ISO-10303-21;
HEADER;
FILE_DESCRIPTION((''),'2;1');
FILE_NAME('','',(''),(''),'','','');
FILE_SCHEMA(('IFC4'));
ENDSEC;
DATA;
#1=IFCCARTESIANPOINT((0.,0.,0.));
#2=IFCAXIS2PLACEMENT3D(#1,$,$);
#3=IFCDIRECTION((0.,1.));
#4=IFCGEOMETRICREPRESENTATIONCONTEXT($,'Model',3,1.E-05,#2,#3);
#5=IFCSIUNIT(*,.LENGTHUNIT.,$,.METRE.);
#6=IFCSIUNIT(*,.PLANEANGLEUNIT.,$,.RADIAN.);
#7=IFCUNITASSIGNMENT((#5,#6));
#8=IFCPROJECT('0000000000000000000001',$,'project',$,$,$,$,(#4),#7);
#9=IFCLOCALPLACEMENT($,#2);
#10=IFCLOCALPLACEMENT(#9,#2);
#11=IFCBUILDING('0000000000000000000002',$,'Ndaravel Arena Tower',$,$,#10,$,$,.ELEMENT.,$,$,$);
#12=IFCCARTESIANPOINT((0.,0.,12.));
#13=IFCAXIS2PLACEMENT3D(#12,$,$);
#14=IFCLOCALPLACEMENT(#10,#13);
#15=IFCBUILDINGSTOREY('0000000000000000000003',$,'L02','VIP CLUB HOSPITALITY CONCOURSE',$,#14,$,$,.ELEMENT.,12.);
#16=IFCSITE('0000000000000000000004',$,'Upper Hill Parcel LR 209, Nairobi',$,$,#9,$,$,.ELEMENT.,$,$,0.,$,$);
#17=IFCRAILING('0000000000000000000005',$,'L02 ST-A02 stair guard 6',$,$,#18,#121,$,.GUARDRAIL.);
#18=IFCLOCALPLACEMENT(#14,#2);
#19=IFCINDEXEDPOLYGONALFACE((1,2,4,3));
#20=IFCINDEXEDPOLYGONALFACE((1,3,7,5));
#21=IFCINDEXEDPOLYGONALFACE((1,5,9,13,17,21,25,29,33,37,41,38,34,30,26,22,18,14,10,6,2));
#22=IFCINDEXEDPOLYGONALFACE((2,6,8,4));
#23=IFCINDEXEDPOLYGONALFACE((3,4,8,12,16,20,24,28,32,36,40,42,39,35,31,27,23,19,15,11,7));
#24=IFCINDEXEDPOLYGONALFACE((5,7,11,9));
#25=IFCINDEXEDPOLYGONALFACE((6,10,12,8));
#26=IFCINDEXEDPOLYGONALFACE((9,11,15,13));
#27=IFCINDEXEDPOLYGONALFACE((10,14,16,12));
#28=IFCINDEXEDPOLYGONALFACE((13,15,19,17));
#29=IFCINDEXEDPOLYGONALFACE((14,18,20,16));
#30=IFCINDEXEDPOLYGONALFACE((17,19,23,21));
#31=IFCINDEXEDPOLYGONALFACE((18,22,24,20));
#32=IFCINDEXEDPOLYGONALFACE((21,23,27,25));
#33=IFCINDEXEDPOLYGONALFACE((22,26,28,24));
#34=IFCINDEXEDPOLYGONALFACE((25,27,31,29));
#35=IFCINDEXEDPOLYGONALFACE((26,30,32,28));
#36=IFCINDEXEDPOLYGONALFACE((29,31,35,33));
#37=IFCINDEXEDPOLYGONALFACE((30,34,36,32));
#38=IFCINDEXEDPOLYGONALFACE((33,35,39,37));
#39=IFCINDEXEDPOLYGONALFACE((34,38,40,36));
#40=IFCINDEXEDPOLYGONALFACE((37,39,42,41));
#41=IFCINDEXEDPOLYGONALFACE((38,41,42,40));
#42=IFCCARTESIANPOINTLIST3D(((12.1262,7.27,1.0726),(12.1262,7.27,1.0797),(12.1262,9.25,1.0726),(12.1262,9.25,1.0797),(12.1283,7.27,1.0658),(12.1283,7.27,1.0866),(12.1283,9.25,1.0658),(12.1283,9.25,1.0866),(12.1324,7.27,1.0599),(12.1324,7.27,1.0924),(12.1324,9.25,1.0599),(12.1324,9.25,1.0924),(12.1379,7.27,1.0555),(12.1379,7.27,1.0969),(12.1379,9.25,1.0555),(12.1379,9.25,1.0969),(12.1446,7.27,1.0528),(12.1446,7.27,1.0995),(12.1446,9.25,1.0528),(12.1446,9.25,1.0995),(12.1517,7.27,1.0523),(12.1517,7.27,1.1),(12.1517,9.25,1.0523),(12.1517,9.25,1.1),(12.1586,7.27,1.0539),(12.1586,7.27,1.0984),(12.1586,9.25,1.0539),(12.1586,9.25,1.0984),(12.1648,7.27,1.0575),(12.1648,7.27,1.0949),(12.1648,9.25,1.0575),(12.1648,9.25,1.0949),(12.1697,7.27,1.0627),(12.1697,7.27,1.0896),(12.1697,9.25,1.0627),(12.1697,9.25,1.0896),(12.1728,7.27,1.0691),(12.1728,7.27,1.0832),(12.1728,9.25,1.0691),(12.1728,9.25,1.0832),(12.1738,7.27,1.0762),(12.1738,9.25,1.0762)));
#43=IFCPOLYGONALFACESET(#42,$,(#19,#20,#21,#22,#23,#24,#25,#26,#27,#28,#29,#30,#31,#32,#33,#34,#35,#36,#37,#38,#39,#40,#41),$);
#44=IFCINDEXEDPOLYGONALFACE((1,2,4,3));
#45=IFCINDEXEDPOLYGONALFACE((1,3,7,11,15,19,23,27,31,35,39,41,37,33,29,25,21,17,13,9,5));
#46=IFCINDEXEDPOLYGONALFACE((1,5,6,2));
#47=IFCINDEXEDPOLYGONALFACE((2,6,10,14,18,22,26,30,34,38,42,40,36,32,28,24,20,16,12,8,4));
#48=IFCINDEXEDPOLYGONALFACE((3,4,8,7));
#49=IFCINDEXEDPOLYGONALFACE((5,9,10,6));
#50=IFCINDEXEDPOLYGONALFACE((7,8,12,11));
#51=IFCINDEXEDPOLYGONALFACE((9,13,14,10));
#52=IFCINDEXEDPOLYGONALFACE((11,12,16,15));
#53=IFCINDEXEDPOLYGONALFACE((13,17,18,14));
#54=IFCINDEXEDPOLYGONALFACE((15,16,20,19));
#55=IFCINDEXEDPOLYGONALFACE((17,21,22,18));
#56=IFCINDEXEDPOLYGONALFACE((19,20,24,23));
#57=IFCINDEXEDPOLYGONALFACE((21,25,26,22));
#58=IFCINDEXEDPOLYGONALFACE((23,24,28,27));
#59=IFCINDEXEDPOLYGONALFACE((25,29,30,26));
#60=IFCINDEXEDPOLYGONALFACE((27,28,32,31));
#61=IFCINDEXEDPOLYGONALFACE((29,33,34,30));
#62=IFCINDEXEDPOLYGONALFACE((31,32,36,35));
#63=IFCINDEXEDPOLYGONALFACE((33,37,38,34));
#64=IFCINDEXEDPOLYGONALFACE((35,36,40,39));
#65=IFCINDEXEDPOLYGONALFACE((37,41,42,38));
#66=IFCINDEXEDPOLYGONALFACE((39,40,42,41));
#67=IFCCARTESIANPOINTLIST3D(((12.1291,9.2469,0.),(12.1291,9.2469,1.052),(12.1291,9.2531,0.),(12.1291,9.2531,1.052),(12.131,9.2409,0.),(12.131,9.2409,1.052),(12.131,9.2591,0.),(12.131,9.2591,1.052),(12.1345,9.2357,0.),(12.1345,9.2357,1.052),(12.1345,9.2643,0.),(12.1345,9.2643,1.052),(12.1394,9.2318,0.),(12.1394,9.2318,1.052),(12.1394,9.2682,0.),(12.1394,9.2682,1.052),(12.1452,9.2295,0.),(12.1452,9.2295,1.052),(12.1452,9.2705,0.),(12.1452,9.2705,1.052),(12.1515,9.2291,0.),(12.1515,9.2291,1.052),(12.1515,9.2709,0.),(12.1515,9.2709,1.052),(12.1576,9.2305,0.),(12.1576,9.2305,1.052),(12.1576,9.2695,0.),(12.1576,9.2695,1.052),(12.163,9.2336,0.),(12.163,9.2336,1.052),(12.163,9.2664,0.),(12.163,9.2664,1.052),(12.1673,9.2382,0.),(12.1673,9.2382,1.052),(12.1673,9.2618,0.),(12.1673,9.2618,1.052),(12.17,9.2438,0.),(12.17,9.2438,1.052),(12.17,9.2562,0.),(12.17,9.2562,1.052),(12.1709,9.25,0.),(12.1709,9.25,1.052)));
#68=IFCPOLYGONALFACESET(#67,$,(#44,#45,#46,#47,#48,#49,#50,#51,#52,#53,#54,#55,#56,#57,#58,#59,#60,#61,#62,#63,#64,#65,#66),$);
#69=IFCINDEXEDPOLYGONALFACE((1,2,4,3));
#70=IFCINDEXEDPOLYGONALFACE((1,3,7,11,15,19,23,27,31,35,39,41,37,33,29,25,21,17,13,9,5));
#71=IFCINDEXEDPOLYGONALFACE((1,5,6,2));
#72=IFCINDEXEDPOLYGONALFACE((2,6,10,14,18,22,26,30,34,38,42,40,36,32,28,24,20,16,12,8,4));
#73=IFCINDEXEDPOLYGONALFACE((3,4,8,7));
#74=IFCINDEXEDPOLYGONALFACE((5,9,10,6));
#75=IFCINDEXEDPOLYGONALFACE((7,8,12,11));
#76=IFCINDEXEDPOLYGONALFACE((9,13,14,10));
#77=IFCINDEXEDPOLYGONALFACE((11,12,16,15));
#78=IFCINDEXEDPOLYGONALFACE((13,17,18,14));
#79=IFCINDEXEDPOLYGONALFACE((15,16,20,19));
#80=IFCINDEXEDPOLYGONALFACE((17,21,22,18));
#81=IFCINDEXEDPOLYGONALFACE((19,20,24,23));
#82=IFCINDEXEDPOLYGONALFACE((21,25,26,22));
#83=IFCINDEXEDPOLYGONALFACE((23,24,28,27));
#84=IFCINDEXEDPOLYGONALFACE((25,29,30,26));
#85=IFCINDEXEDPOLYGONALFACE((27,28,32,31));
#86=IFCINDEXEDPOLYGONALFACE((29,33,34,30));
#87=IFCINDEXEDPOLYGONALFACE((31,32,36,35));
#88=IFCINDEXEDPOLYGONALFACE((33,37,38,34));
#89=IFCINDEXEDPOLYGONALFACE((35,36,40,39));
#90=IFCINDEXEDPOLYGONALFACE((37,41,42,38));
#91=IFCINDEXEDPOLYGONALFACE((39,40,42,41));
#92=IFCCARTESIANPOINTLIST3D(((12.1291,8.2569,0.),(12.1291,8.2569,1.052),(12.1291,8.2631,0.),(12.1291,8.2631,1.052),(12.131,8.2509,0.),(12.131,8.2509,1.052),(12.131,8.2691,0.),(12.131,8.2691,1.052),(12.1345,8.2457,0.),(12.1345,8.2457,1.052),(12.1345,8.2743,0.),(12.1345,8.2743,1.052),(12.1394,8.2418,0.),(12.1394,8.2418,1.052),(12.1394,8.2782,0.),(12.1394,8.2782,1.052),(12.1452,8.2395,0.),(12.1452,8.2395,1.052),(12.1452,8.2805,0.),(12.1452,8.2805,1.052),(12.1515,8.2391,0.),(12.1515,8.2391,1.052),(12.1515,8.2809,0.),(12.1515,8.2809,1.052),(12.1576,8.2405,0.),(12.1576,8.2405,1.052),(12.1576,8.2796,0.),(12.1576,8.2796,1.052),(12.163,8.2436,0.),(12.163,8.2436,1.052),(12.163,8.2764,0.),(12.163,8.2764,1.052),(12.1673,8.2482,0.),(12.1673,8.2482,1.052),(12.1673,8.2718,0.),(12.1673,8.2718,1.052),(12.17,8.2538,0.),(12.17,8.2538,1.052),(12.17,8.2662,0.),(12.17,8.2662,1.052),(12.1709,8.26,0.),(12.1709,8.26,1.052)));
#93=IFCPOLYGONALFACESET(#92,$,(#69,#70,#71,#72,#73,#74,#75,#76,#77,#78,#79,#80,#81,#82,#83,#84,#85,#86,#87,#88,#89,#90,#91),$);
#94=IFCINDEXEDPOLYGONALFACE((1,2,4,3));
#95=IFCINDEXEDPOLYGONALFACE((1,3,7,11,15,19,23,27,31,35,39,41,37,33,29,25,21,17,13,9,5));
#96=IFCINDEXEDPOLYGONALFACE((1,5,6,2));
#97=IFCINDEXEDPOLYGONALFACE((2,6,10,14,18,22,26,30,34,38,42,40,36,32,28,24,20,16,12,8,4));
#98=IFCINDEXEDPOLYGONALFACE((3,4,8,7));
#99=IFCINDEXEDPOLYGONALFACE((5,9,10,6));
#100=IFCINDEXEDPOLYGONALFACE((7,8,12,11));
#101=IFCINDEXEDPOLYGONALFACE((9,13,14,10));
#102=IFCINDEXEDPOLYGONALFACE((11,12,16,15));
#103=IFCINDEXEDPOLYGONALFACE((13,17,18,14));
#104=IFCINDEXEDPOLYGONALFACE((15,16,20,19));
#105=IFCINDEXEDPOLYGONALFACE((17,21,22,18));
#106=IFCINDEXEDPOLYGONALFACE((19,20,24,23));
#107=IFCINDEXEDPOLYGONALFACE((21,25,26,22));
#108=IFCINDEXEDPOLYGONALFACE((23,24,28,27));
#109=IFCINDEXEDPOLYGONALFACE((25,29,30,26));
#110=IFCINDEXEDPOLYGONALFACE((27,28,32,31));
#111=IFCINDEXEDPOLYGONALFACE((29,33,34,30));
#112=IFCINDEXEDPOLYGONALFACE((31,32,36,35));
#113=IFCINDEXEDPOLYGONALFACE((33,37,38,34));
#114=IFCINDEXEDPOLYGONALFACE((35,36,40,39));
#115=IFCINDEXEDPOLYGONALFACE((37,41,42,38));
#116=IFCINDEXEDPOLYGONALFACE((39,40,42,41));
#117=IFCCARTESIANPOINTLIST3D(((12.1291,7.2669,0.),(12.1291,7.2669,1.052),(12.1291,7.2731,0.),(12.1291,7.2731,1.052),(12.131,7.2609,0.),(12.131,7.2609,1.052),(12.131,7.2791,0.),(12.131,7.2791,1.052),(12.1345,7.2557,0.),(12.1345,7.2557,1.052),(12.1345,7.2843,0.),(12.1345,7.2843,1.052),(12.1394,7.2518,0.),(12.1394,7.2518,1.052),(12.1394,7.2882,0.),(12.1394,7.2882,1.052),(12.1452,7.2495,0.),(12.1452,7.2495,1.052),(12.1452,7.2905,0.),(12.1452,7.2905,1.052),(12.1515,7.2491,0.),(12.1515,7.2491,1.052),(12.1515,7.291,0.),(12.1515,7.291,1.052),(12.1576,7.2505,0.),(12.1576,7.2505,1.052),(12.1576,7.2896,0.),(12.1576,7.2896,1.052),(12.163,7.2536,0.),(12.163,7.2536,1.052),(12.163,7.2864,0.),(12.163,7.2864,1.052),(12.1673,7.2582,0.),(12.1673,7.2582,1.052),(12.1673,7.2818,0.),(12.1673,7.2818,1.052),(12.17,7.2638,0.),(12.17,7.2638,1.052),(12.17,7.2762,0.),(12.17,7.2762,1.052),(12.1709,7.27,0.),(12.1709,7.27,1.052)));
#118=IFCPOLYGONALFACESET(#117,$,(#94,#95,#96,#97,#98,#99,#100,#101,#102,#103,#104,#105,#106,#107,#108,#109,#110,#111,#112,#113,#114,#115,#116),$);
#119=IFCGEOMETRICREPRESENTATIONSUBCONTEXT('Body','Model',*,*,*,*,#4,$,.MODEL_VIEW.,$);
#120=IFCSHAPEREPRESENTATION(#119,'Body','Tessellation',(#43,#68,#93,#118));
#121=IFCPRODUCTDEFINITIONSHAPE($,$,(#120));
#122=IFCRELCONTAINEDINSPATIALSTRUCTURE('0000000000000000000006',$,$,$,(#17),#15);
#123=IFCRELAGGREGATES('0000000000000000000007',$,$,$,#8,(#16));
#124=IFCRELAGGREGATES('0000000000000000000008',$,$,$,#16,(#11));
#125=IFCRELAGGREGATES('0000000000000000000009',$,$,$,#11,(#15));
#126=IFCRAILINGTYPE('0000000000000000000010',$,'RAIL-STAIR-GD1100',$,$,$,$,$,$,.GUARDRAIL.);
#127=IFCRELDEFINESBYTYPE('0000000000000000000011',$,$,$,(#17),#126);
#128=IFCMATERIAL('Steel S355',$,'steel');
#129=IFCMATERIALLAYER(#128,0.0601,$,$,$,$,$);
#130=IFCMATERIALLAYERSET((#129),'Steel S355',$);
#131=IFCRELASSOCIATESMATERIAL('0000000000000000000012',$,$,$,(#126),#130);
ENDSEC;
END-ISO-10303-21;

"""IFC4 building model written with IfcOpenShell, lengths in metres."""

from ifc_helpers import new_model, si_unit, direction, frame, origin, origin_2d, place, context, subcontext, project, spatial, circle, extrude, material, layer, layer_set, type_object, element, save


model = new_model("IFC4")

# Units and contexts
model_context = context("Model", 3, precision=1e-05, world=origin(), true_north=direction((0.0, 1.0)))
body_context = subcontext(model_context, "Body", "Model", "MODEL_VIEW")
ifc_project = project(units=[si_unit("LENGTHUNIT", "METRE"), si_unit("PLANEANGLEUNIT", "RADIAN")], contexts=[model_context])

# Site, building, storey
site_placement = place(None, origin())
site = spatial("IfcSite", under=ifc_project, at=site_placement, Name="Upper Hill Parcel LR 209, Nairobi", CompositionType="ELEMENT", RefElevation=0.0)
building_placement = place(site_placement, origin())
building = spatial("IfcBuilding", under=site, at=building_placement, Name="Ndaravel Arena Tower", CompositionType="ELEMENT")
storey_placement = place(building_placement, frame((0.0, 0.0, 12.0)))
storey = spatial("IfcBuildingStorey", under=building, at=storey_placement, Name="L02", Description="VIP CLUB HOSPITALITY CONCOURSE", CompositionType="ELEMENT", Elevation=12.0)

# Railing
ifc_material_1 = material(Name="Steel S355", Category="steel")
ifc_layer_1 = layer(ifc_material_1, 0.0601)
ifc_layer_set_1 = layer_set([ifc_layer_1], Name="Steel S355")
railing_type_1 = type_object("IfcRailingType", Name="RAIL-STAIR-GD1100", PredefinedType="GUARDRAIL", material=ifc_layer_set_1)
for number, where, name in (
    (1, (12.1499, 9.25, 0.0), "L02 ST-A02 stair guard 6"),
):
    element("IfcRailing", number, at=place(storey_placement, frame(where)), inside=storey, type_object=railing_type_1, Name=name, PredefinedType="GUARDRAIL", context=body_context, shape_type="SweptSolid", body=[
        extrude(circle(Radius=0.0239, at=origin_2d()), frame((0.0, 0.0, 1.0762), z_axis=(0.0, -1.0, 0.0), x_axis=(1.0, 0.0, 0.0)), (0.0, 0.0, 1.0), 1.98),
        extrude(circle(Radius=0.021, at=origin_2d()), origin(), (0.0, 0.0, 1.0), 1.052),
        extrude(circle(Radius=0.021, at=origin_2d()), frame((0.0, -0.99, 0.0)), (0.0, 0.0, 1.0), 1.052),
        extrude(circle(Radius=0.021, at=origin_2d()), frame((0.0, -1.98, 0.0)), (0.0, 0.0, 1.0), 1.052),
    ])

save(model, "model.ifc")
